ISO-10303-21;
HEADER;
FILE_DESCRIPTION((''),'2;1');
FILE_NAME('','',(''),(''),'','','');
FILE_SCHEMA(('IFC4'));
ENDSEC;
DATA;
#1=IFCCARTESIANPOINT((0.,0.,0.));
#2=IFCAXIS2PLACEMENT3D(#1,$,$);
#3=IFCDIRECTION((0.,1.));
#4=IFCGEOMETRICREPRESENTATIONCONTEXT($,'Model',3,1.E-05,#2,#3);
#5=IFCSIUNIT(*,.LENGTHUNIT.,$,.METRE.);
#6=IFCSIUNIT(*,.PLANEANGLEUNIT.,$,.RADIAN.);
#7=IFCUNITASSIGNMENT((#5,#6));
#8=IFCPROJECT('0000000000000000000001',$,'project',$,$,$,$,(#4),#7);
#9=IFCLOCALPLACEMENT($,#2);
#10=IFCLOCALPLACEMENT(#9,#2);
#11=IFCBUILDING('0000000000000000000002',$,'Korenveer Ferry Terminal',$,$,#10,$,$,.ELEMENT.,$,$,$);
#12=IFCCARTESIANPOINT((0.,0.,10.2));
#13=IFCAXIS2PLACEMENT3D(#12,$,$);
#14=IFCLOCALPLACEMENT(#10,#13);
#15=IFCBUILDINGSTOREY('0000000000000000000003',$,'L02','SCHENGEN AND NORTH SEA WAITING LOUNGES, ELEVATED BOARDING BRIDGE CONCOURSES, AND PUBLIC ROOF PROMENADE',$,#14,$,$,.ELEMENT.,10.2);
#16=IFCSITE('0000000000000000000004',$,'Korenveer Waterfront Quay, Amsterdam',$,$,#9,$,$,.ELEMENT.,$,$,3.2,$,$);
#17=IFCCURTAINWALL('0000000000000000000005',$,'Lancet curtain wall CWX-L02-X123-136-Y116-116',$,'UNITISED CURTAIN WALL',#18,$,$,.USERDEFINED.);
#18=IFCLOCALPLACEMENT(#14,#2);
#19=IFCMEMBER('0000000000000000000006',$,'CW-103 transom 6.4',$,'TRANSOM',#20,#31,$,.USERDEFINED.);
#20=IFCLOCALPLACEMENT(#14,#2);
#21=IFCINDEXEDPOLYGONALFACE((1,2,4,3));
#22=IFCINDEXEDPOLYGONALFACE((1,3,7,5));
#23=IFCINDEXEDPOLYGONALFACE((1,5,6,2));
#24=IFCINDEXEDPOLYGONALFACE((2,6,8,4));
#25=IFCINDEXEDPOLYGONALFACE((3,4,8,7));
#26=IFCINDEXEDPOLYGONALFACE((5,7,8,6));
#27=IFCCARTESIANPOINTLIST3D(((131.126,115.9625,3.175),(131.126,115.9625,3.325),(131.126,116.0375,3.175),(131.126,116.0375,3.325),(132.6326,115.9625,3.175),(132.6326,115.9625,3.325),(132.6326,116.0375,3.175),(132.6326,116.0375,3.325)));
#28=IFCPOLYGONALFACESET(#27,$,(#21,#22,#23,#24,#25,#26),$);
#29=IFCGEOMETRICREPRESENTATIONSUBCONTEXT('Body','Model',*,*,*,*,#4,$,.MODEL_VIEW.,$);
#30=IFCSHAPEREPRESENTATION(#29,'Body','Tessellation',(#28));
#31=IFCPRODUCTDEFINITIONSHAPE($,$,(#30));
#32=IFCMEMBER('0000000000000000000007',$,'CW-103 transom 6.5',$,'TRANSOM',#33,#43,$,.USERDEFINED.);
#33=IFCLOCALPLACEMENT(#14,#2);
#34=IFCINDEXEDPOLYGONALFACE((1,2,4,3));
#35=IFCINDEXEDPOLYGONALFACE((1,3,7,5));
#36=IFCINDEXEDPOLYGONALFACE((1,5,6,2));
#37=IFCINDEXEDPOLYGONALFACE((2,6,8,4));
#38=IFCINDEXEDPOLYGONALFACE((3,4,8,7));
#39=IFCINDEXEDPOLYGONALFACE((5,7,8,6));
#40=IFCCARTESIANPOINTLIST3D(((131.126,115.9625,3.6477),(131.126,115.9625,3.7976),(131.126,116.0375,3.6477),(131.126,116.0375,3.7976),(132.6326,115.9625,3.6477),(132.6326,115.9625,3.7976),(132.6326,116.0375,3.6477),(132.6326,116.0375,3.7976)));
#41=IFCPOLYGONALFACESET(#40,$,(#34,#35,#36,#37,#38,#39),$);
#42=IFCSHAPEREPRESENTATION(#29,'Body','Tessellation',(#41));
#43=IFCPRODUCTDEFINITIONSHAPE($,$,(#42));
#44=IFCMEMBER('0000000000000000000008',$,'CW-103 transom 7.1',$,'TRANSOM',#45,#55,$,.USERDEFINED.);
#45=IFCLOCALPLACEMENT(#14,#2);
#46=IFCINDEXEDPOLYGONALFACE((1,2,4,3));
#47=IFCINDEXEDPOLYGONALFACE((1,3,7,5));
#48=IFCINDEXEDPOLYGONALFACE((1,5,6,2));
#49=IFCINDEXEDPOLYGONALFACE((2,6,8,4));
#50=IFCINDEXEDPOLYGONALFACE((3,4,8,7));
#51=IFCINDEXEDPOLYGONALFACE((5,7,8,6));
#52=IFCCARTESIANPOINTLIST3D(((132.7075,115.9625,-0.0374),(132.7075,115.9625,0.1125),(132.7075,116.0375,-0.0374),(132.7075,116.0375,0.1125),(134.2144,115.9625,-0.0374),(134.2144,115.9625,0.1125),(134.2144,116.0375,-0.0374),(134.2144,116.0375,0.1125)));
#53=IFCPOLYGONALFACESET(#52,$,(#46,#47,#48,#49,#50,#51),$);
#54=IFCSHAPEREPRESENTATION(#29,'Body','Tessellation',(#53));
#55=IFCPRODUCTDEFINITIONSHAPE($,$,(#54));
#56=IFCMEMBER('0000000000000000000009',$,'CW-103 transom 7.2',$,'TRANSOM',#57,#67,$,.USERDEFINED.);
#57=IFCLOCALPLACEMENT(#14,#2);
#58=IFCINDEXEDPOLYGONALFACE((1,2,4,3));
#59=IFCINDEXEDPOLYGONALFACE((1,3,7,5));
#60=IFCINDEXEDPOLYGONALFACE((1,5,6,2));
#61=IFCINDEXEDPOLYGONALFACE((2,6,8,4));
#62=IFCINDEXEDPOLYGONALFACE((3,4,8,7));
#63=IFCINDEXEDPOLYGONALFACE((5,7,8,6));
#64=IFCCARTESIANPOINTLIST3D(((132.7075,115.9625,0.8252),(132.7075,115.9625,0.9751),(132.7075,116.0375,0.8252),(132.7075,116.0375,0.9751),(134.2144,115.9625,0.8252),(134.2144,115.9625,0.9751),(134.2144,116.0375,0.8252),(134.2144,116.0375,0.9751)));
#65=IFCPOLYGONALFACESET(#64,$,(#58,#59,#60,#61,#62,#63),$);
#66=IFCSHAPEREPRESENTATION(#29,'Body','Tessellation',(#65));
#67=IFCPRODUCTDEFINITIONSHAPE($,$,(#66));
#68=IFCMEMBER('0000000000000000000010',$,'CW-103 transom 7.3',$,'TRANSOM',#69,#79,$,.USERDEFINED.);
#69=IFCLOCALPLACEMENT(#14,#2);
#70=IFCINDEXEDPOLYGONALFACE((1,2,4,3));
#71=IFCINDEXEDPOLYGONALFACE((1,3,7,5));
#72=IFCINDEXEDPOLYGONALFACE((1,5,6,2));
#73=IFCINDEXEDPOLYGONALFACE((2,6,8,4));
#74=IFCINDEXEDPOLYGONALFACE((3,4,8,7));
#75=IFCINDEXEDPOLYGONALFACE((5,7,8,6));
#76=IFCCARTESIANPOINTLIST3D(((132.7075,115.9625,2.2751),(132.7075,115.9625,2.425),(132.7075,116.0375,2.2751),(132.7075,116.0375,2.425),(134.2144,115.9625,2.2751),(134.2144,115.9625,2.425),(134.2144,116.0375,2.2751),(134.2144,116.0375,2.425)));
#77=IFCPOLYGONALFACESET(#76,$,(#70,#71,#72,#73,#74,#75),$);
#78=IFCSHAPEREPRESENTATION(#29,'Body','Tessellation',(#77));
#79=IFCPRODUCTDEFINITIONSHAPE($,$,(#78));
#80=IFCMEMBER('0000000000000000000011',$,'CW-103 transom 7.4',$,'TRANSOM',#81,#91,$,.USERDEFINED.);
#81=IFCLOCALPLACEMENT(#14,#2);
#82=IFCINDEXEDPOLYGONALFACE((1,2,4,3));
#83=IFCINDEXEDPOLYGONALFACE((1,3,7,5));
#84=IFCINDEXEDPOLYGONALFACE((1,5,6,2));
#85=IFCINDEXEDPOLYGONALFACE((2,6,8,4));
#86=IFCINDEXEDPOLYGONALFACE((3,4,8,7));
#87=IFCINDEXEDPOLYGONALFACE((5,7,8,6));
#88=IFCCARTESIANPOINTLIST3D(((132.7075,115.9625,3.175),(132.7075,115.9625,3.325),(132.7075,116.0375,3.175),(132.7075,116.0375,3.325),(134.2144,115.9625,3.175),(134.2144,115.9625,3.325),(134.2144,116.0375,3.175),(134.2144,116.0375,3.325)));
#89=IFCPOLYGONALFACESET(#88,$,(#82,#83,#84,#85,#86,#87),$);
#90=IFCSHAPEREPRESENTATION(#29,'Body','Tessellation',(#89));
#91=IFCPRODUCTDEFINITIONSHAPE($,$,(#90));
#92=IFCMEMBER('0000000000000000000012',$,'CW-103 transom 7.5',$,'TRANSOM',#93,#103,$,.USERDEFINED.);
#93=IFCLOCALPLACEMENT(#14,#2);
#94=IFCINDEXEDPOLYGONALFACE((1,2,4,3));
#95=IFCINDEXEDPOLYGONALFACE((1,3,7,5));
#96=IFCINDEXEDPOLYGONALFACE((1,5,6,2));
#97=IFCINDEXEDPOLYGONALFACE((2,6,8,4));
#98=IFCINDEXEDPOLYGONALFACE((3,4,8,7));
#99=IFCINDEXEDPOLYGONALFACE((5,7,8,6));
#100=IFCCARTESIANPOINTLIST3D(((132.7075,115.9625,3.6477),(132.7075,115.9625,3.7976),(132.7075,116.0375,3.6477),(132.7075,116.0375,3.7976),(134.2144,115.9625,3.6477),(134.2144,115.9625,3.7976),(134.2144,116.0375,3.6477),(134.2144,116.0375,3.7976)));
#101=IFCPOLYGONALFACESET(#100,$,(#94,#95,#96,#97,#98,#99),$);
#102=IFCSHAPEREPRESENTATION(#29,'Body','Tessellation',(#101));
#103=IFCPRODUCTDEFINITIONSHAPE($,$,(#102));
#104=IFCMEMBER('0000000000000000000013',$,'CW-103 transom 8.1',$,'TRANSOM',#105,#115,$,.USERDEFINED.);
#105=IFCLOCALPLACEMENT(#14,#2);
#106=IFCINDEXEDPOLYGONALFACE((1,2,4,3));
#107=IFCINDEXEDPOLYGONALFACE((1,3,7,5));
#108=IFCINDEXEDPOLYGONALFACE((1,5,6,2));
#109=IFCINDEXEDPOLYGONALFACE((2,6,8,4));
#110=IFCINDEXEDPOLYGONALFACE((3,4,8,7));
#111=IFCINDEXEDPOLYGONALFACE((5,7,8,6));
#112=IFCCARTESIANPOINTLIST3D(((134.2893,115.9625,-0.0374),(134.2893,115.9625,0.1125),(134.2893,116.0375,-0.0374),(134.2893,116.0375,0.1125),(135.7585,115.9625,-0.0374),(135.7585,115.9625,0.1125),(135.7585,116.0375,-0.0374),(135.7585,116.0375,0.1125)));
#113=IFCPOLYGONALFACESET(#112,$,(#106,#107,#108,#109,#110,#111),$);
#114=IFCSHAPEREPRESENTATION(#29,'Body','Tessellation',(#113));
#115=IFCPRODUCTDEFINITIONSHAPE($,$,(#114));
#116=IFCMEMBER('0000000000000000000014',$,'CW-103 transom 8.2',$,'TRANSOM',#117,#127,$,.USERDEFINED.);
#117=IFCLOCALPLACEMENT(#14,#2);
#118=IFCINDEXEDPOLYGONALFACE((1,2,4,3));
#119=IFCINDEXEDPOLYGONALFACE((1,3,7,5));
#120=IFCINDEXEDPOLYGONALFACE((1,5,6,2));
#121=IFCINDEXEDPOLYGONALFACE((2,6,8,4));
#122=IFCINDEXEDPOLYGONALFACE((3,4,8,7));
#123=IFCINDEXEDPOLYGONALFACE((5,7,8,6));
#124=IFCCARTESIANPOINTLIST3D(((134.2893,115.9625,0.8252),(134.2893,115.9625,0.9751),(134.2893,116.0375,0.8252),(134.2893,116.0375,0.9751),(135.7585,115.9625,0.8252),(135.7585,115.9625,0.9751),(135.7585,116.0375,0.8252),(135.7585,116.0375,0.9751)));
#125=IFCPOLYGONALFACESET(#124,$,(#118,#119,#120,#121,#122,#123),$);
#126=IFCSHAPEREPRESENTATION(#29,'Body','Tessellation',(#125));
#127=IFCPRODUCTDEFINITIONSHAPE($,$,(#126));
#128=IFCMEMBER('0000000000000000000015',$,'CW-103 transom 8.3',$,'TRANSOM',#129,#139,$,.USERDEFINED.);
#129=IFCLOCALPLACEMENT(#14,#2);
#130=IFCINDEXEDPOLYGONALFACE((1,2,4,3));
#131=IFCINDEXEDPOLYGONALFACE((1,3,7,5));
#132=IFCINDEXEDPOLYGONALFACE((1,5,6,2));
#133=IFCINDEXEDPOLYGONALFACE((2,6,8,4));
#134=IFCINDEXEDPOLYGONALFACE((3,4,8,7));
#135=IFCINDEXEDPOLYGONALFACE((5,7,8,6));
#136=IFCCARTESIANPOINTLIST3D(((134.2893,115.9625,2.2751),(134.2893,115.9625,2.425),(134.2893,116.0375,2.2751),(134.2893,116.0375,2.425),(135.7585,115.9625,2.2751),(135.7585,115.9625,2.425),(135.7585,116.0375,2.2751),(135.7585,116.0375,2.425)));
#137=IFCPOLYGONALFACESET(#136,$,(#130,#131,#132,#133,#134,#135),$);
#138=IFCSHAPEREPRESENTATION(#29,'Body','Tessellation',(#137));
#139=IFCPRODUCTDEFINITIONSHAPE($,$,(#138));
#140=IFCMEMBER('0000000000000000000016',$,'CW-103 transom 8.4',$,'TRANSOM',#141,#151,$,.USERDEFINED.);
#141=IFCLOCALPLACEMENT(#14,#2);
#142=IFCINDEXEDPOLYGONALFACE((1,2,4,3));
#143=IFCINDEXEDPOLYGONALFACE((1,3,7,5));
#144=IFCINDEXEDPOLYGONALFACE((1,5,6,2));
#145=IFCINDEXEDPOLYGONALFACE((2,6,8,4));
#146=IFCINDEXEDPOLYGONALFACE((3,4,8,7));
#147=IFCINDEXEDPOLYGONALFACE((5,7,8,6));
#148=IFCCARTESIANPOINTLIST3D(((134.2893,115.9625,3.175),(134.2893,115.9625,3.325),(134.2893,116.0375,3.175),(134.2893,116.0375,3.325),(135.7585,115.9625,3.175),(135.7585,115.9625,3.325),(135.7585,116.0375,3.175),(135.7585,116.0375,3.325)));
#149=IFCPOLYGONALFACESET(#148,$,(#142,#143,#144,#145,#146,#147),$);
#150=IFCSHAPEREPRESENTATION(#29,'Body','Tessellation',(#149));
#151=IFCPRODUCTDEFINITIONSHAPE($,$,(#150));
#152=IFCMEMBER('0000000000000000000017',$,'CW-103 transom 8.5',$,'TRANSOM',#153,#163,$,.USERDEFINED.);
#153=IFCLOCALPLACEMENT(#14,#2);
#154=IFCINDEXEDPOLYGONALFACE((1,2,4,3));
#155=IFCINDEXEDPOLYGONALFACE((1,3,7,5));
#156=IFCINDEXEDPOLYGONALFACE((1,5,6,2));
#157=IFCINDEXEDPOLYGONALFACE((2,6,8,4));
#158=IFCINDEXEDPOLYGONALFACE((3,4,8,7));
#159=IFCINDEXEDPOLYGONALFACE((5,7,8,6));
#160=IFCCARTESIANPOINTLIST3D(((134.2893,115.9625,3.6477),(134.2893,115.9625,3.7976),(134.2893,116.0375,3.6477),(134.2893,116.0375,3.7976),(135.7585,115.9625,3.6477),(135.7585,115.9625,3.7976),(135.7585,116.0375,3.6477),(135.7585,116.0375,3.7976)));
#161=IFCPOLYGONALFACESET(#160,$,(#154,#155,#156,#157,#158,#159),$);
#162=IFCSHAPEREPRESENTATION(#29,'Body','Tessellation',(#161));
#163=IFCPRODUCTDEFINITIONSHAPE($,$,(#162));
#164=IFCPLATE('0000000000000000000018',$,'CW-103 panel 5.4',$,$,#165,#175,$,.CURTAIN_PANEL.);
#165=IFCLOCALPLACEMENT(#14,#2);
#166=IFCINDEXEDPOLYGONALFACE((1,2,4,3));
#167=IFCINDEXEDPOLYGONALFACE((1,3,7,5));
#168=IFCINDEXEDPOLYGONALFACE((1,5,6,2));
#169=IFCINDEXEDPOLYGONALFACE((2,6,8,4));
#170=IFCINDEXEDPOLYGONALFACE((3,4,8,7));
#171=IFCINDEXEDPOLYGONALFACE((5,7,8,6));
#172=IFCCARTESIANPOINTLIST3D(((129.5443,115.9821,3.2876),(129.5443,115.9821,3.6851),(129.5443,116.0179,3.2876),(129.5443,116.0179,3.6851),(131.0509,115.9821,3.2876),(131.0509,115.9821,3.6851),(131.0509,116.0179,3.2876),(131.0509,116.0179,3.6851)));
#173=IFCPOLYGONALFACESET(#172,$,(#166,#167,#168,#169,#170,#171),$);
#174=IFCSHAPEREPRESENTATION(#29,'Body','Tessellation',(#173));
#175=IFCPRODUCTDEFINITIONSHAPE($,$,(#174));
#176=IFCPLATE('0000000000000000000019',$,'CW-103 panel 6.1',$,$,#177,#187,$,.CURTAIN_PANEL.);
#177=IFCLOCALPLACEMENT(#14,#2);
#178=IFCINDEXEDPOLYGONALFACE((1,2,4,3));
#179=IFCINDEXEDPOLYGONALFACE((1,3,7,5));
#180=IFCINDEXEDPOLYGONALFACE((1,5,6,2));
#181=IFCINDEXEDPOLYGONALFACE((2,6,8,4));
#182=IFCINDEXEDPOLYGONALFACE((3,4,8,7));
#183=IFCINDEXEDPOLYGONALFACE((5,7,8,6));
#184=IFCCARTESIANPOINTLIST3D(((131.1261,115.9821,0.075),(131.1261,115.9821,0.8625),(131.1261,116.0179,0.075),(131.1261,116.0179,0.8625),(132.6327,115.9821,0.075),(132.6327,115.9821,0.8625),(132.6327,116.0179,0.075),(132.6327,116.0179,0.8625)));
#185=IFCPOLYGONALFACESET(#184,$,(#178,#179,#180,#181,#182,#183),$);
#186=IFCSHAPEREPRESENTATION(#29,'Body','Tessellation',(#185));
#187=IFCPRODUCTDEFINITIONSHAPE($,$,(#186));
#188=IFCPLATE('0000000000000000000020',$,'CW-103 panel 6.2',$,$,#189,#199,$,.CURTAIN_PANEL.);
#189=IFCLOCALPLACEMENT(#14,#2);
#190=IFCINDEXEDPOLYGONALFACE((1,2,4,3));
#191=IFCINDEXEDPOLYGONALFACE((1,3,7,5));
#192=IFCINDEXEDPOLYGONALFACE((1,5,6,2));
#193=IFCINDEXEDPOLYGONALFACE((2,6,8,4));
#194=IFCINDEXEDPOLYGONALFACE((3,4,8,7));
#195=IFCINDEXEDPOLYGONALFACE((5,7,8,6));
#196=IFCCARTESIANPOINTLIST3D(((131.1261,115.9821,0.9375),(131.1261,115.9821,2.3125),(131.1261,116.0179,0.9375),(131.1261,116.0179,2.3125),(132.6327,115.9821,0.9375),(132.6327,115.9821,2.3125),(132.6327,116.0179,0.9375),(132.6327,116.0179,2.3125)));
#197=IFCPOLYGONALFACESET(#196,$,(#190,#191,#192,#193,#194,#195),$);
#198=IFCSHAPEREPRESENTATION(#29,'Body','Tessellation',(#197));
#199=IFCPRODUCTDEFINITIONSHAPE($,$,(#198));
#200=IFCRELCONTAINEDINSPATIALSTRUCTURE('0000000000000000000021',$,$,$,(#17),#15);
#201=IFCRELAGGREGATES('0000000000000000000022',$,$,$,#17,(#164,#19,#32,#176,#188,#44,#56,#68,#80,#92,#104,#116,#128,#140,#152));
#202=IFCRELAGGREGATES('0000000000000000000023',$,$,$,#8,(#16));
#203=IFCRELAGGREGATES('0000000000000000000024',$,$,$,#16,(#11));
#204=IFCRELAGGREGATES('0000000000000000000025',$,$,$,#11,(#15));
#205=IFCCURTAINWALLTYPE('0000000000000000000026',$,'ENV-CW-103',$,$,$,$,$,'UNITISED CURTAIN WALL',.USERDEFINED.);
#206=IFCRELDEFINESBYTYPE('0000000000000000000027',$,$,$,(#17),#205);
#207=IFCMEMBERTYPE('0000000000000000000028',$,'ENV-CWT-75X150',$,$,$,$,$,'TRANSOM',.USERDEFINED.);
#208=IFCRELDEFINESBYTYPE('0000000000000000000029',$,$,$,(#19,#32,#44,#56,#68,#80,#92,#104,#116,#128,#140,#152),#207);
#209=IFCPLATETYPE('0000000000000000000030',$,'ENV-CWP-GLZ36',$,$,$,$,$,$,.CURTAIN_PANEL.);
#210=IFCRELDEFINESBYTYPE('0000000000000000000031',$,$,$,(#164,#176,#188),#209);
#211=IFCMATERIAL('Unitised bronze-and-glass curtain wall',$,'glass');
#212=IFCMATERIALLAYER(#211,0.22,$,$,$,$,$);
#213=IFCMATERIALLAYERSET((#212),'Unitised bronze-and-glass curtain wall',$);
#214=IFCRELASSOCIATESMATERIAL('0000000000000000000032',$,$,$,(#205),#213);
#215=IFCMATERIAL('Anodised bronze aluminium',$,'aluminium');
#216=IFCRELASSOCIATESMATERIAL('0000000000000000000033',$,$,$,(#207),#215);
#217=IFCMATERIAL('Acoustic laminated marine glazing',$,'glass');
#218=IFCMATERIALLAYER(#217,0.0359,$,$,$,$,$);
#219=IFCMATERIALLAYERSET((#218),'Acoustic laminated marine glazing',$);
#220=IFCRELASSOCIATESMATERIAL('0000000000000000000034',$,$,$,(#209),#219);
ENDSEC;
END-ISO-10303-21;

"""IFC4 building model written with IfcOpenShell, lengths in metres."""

from ifc_helpers import new_model, si_unit, direction, frame, origin, origin_2d, place, context, subcontext, project, spatial, rectangle, extrude, material, layer, layer_set, material_profile, profile_set, type_object, element, aggregate, save


model = new_model("IFC4")

# Units and contexts
model_context = context("Model", 3, precision=1e-05, world=origin(), true_north=direction((0.0, 1.0)))
body_context = subcontext(model_context, "Body", "Model", "MODEL_VIEW")
ifc_project = project(units=[si_unit("LENGTHUNIT", "METRE"), si_unit("PLANEANGLEUNIT", "RADIAN")], contexts=[model_context])

# Site, building, storey
site_placement = place(None, origin())
site = spatial("IfcSite", under=ifc_project, at=site_placement, Name="Korenveer Waterfront Quay, Amsterdam", CompositionType="ELEMENT", RefElevation=3.2)
building_placement = place(site_placement, origin())
building = spatial("IfcBuilding", under=site, at=building_placement, Name="Korenveer Ferry Terminal", CompositionType="ELEMENT")
storey_placement = place(building_placement, frame((0.0, 0.0, 10.2)))
storey = spatial("IfcBuildingStorey", under=building, at=storey_placement, Name="L02", Description="SCHENGEN AND NORTH SEA WAITING LOUNGES, ELEVATED BOARDING BRIDGE CONCOURSES, AND PUBLIC ROOF PROMENADE", CompositionType="ELEMENT", Elevation=10.2)

# Curtain wall, members, plates
ifc_material_1 = material(Name="Unitised bronze-and-glass curtain wall", Category="glass")
ifc_layer_1 = layer(ifc_material_1, 0.22)
ifc_layer_set_1 = layer_set([ifc_layer_1], Name="Unitised bronze-and-glass curtain wall")
curtain_wall_type = type_object("IfcCurtainWallType", Name="ENV-CW-103", ElementType="UNITISED CURTAIN WALL", PredefinedType="USERDEFINED", material=ifc_layer_set_1)
curtain_wall_placement = place(storey_placement, frame((123.1799, 116.0, 0.0)))
curtain_wall = element("IfcCurtainWall", 1, at=curtain_wall_placement, inside=storey, type_object=curtain_wall_type, Name="Lancet curtain wall CWX-L02-X123-136-Y116-116", ObjectType="UNITISED CURTAIN WALL", PredefinedType="USERDEFINED")
ifc_material_2 = material(Name="Anodised bronze aluminium", Category="aluminium")
ifc_material_profile_1 = material_profile(ifc_material_2, rectangle(XDim=0.075, YDim=0.1499, at=origin_2d()), Name="ALU 75x150")
ifc_profile_set_1 = profile_set([ifc_material_profile_1], Name="Anodised bronze aluminium")
member_type_1 = type_object("IfcMemberType", Name="ENV-CWT-75X150", ElementType="TRANSOM", PredefinedType="USERDEFINED", material=ifc_profile_set_1)
member_1_placement = place(storey_placement, frame((131.126, 116.0, 3.25), z_axis=(1.0, 0.0, 0.0), x_axis=(0.0, 1.0, 0.0)))
member_1 = element("IfcMember", 2, at=member_1_placement, type_object=member_type_1, Name="CW-103 transom 6.4", ObjectType="TRANSOM", PredefinedType="USERDEFINED", context=body_context, shape_type="SweptSolid", body=[
    extrude(rectangle(XDim=0.075, YDim=0.1499, at=origin_2d()), origin(), (0.0, 0.0, 1.0), 1.5066),
])
member_2_placement = place(storey_placement, frame((131.126, 116.0, 3.7227), z_axis=(1.0, 0.0, 0.0), x_axis=(0.0, 1.0, 0.0)))
member_2 = element("IfcMember", 3, at=member_2_placement, type_object=member_type_1, Name="CW-103 transom 6.5", ObjectType="TRANSOM", PredefinedType="USERDEFINED", context=body_context, shape_type="SweptSolid", body=[
    extrude(rectangle(XDim=0.075, YDim=0.1499, at=origin_2d()), origin(), (0.0, 0.0, 1.0), 1.5066),
])
member_3_placement = place(storey_placement, frame((132.7075, 116.0, 0.0376), z_axis=(1.0, 0.0, 0.0), x_axis=(0.0, 1.0, 0.0)))
member_3 = element("IfcMember", 4, at=member_3_placement, type_object=member_type_1, Name="CW-103 transom 7.1", ObjectType="TRANSOM", PredefinedType="USERDEFINED", context=body_context, shape_type="SweptSolid", body=[
    extrude(rectangle(XDim=0.075, YDim=0.1499, at=origin_2d()), origin(), (0.0, 0.0, 1.0), 1.5068),
])
member_4_placement = place(storey_placement, frame((132.7075, 116.0, 0.9001), z_axis=(1.0, 0.0, 0.0), x_axis=(0.0, 1.0, 0.0)))
member_4 = element("IfcMember", 5, at=member_4_placement, type_object=member_type_1, Name="CW-103 transom 7.2", ObjectType="TRANSOM", PredefinedType="USERDEFINED", context=body_context, shape_type="SweptSolid", body=[
    extrude(rectangle(XDim=0.075, YDim=0.1499, at=origin_2d()), origin(), (0.0, 0.0, 1.0), 1.5068),
])
member_5_placement = place(storey_placement, frame((132.7075, 116.0, 2.3501), z_axis=(1.0, 0.0, 0.0), x_axis=(0.0, 1.0, 0.0)))
member_5 = element("IfcMember", 6, at=member_5_placement, type_object=member_type_1, Name="CW-103 transom 7.3", ObjectType="TRANSOM", PredefinedType="USERDEFINED", context=body_context, shape_type="SweptSolid", body=[
    extrude(rectangle(XDim=0.075, YDim=0.1499, at=origin_2d()), origin(), (0.0, 0.0, 1.0), 1.5068),
])
member_6_placement = place(storey_placement, frame((132.7075, 116.0, 3.25), z_axis=(1.0, 0.0, 0.0), x_axis=(0.0, 1.0, 0.0)))
member_6 = element("IfcMember", 7, at=member_6_placement, type_object=member_type_1, Name="CW-103 transom 7.4", ObjectType="TRANSOM", PredefinedType="USERDEFINED", context=body_context, shape_type="SweptSolid", body=[
    extrude(rectangle(XDim=0.075, YDim=0.1499, at=origin_2d()), origin(), (0.0, 0.0, 1.0), 1.5068),
])
member_7_placement = place(storey_placement, frame((132.7075, 116.0, 3.7227), z_axis=(1.0, 0.0, 0.0), x_axis=(0.0, 1.0, 0.0)))
member_7 = element("IfcMember", 8, at=member_7_placement, type_object=member_type_1, Name="CW-103 transom 7.5", ObjectType="TRANSOM", PredefinedType="USERDEFINED", context=body_context, shape_type="SweptSolid", body=[
    extrude(rectangle(XDim=0.075, YDim=0.1499, at=origin_2d()), origin(), (0.0, 0.0, 1.0), 1.5068),
])
member_8_placement = place(storey_placement, frame((134.2893, 116.0, 0.0376), z_axis=(1.0, 0.0, 0.0), x_axis=(0.0, 1.0, 0.0)))
member_8 = element("IfcMember", 9, at=member_8_placement, type_object=member_type_1, Name="CW-103 transom 8.1", ObjectType="TRANSOM", PredefinedType="USERDEFINED", context=body_context, shape_type="SweptSolid", body=[
    extrude(rectangle(XDim=0.075, YDim=0.1499, at=origin_2d()), origin(), (0.0, 0.0, 1.0), 1.4692),
])
member_9_placement = place(storey_placement, frame((134.2893, 116.0, 0.9001), z_axis=(1.0, 0.0, 0.0), x_axis=(0.0, 1.0, 0.0)))
member_9 = element("IfcMember", 10, at=member_9_placement, type_object=member_type_1, Name="CW-103 transom 8.2", ObjectType="TRANSOM", PredefinedType="USERDEFINED", context=body_context, shape_type="SweptSolid", body=[
    extrude(rectangle(XDim=0.075, YDim=0.1499, at=origin_2d()), origin(), (0.0, 0.0, 1.0), 1.4692),
])
member_10_placement = place(storey_placement, frame((134.2893, 116.0, 2.3501), z_axis=(1.0, 0.0, 0.0), x_axis=(0.0, 1.0, 0.0)))
member_10 = element("IfcMember", 11, at=member_10_placement, type_object=member_type_1, Name="CW-103 transom 8.3", ObjectType="TRANSOM", PredefinedType="USERDEFINED", context=body_context, shape_type="SweptSolid", body=[
    extrude(rectangle(XDim=0.075, YDim=0.1499, at=origin_2d()), origin(), (0.0, 0.0, 1.0), 1.4692),
])
member_11_placement = place(storey_placement, frame((134.2893, 116.0, 3.25), z_axis=(1.0, 0.0, 0.0), x_axis=(0.0, 1.0, 0.0)))
member_11 = element("IfcMember", 12, at=member_11_placement, type_object=member_type_1, Name="CW-103 transom 8.4", ObjectType="TRANSOM", PredefinedType="USERDEFINED", context=body_context, shape_type="SweptSolid", body=[
    extrude(rectangle(XDim=0.075, YDim=0.1499, at=origin_2d()), origin(), (0.0, 0.0, 1.0), 1.4692),
])
member_12_placement = place(storey_placement, frame((134.2893, 116.0, 3.7227), z_axis=(1.0, 0.0, 0.0), x_axis=(0.0, 1.0, 0.0)))
member_12 = element("IfcMember", 13, at=member_12_placement, type_object=member_type_1, Name="CW-103 transom 8.5", ObjectType="TRANSOM", PredefinedType="USERDEFINED", context=body_context, shape_type="SweptSolid", body=[
    extrude(rectangle(XDim=0.075, YDim=0.1499, at=origin_2d()), origin(), (0.0, 0.0, 1.0), 1.4692),
])
ifc_material_3 = material(Name="Acoustic laminated marine glazing", Category="glass")
ifc_layer_2 = layer(ifc_material_3, 0.0359)
ifc_layer_set_2 = layer_set([ifc_layer_2], Name="Acoustic laminated marine glazing")
plate_type_1 = type_object("IfcPlateType", Name="ENV-CWP-GLZ36", PredefinedType="CURTAIN_PANEL", material=ifc_layer_set_2)
plate_1_placement = place(storey_placement, frame((130.2976, 116.0, 3.2876), z_axis=(0.0, 0.0, 1.0), x_axis=(1.0, 0.0, 0.0)))
plate_1 = element("IfcPlate", 14, at=plate_1_placement, type_object=plate_type_1, Name="CW-103 panel 5.4", PredefinedType="CURTAIN_PANEL", context=body_context, shape_type="SweptSolid", body=[
    extrude(rectangle(XDim=1.5066, YDim=0.0359, at=origin_2d()), origin(), (0.0, 0.0, 1.0), 0.3975),
])
plate_2_placement = place(storey_placement, frame((131.8794, 116.0, 0.075), z_axis=(0.0, 0.0, 1.0), x_axis=(1.0, 0.0, 0.0)))
plate_2 = element("IfcPlate", 15, at=plate_2_placement, type_object=plate_type_1, Name="CW-103 panel 6.1", PredefinedType="CURTAIN_PANEL", context=body_context, shape_type="SweptSolid", body=[
    extrude(rectangle(XDim=1.5066, YDim=0.0359, at=origin_2d()), origin(), (0.0, 0.0, 1.0), 0.7876),
])
plate_3_placement = place(storey_placement, frame((131.8794, 116.0, 0.9375), z_axis=(0.0, 0.0, 1.0), x_axis=(1.0, 0.0, 0.0)))
plate_3 = element("IfcPlate", 16, at=plate_3_placement, type_object=plate_type_1, Name="CW-103 panel 6.2", PredefinedType="CURTAIN_PANEL", context=body_context, shape_type="SweptSolid", body=[
    extrude(rectangle(XDim=1.5066, YDim=0.0359, at=origin_2d()), origin(), (0.0, 0.0, 1.0), 1.375),
])
aggregate(curtain_wall, [plate_1, member_1, member_2, plate_2, plate_3, member_3, member_4, member_5, member_6, member_7, member_8, member_9, member_10, member_11, member_12])

save(model, "model.ifc")
